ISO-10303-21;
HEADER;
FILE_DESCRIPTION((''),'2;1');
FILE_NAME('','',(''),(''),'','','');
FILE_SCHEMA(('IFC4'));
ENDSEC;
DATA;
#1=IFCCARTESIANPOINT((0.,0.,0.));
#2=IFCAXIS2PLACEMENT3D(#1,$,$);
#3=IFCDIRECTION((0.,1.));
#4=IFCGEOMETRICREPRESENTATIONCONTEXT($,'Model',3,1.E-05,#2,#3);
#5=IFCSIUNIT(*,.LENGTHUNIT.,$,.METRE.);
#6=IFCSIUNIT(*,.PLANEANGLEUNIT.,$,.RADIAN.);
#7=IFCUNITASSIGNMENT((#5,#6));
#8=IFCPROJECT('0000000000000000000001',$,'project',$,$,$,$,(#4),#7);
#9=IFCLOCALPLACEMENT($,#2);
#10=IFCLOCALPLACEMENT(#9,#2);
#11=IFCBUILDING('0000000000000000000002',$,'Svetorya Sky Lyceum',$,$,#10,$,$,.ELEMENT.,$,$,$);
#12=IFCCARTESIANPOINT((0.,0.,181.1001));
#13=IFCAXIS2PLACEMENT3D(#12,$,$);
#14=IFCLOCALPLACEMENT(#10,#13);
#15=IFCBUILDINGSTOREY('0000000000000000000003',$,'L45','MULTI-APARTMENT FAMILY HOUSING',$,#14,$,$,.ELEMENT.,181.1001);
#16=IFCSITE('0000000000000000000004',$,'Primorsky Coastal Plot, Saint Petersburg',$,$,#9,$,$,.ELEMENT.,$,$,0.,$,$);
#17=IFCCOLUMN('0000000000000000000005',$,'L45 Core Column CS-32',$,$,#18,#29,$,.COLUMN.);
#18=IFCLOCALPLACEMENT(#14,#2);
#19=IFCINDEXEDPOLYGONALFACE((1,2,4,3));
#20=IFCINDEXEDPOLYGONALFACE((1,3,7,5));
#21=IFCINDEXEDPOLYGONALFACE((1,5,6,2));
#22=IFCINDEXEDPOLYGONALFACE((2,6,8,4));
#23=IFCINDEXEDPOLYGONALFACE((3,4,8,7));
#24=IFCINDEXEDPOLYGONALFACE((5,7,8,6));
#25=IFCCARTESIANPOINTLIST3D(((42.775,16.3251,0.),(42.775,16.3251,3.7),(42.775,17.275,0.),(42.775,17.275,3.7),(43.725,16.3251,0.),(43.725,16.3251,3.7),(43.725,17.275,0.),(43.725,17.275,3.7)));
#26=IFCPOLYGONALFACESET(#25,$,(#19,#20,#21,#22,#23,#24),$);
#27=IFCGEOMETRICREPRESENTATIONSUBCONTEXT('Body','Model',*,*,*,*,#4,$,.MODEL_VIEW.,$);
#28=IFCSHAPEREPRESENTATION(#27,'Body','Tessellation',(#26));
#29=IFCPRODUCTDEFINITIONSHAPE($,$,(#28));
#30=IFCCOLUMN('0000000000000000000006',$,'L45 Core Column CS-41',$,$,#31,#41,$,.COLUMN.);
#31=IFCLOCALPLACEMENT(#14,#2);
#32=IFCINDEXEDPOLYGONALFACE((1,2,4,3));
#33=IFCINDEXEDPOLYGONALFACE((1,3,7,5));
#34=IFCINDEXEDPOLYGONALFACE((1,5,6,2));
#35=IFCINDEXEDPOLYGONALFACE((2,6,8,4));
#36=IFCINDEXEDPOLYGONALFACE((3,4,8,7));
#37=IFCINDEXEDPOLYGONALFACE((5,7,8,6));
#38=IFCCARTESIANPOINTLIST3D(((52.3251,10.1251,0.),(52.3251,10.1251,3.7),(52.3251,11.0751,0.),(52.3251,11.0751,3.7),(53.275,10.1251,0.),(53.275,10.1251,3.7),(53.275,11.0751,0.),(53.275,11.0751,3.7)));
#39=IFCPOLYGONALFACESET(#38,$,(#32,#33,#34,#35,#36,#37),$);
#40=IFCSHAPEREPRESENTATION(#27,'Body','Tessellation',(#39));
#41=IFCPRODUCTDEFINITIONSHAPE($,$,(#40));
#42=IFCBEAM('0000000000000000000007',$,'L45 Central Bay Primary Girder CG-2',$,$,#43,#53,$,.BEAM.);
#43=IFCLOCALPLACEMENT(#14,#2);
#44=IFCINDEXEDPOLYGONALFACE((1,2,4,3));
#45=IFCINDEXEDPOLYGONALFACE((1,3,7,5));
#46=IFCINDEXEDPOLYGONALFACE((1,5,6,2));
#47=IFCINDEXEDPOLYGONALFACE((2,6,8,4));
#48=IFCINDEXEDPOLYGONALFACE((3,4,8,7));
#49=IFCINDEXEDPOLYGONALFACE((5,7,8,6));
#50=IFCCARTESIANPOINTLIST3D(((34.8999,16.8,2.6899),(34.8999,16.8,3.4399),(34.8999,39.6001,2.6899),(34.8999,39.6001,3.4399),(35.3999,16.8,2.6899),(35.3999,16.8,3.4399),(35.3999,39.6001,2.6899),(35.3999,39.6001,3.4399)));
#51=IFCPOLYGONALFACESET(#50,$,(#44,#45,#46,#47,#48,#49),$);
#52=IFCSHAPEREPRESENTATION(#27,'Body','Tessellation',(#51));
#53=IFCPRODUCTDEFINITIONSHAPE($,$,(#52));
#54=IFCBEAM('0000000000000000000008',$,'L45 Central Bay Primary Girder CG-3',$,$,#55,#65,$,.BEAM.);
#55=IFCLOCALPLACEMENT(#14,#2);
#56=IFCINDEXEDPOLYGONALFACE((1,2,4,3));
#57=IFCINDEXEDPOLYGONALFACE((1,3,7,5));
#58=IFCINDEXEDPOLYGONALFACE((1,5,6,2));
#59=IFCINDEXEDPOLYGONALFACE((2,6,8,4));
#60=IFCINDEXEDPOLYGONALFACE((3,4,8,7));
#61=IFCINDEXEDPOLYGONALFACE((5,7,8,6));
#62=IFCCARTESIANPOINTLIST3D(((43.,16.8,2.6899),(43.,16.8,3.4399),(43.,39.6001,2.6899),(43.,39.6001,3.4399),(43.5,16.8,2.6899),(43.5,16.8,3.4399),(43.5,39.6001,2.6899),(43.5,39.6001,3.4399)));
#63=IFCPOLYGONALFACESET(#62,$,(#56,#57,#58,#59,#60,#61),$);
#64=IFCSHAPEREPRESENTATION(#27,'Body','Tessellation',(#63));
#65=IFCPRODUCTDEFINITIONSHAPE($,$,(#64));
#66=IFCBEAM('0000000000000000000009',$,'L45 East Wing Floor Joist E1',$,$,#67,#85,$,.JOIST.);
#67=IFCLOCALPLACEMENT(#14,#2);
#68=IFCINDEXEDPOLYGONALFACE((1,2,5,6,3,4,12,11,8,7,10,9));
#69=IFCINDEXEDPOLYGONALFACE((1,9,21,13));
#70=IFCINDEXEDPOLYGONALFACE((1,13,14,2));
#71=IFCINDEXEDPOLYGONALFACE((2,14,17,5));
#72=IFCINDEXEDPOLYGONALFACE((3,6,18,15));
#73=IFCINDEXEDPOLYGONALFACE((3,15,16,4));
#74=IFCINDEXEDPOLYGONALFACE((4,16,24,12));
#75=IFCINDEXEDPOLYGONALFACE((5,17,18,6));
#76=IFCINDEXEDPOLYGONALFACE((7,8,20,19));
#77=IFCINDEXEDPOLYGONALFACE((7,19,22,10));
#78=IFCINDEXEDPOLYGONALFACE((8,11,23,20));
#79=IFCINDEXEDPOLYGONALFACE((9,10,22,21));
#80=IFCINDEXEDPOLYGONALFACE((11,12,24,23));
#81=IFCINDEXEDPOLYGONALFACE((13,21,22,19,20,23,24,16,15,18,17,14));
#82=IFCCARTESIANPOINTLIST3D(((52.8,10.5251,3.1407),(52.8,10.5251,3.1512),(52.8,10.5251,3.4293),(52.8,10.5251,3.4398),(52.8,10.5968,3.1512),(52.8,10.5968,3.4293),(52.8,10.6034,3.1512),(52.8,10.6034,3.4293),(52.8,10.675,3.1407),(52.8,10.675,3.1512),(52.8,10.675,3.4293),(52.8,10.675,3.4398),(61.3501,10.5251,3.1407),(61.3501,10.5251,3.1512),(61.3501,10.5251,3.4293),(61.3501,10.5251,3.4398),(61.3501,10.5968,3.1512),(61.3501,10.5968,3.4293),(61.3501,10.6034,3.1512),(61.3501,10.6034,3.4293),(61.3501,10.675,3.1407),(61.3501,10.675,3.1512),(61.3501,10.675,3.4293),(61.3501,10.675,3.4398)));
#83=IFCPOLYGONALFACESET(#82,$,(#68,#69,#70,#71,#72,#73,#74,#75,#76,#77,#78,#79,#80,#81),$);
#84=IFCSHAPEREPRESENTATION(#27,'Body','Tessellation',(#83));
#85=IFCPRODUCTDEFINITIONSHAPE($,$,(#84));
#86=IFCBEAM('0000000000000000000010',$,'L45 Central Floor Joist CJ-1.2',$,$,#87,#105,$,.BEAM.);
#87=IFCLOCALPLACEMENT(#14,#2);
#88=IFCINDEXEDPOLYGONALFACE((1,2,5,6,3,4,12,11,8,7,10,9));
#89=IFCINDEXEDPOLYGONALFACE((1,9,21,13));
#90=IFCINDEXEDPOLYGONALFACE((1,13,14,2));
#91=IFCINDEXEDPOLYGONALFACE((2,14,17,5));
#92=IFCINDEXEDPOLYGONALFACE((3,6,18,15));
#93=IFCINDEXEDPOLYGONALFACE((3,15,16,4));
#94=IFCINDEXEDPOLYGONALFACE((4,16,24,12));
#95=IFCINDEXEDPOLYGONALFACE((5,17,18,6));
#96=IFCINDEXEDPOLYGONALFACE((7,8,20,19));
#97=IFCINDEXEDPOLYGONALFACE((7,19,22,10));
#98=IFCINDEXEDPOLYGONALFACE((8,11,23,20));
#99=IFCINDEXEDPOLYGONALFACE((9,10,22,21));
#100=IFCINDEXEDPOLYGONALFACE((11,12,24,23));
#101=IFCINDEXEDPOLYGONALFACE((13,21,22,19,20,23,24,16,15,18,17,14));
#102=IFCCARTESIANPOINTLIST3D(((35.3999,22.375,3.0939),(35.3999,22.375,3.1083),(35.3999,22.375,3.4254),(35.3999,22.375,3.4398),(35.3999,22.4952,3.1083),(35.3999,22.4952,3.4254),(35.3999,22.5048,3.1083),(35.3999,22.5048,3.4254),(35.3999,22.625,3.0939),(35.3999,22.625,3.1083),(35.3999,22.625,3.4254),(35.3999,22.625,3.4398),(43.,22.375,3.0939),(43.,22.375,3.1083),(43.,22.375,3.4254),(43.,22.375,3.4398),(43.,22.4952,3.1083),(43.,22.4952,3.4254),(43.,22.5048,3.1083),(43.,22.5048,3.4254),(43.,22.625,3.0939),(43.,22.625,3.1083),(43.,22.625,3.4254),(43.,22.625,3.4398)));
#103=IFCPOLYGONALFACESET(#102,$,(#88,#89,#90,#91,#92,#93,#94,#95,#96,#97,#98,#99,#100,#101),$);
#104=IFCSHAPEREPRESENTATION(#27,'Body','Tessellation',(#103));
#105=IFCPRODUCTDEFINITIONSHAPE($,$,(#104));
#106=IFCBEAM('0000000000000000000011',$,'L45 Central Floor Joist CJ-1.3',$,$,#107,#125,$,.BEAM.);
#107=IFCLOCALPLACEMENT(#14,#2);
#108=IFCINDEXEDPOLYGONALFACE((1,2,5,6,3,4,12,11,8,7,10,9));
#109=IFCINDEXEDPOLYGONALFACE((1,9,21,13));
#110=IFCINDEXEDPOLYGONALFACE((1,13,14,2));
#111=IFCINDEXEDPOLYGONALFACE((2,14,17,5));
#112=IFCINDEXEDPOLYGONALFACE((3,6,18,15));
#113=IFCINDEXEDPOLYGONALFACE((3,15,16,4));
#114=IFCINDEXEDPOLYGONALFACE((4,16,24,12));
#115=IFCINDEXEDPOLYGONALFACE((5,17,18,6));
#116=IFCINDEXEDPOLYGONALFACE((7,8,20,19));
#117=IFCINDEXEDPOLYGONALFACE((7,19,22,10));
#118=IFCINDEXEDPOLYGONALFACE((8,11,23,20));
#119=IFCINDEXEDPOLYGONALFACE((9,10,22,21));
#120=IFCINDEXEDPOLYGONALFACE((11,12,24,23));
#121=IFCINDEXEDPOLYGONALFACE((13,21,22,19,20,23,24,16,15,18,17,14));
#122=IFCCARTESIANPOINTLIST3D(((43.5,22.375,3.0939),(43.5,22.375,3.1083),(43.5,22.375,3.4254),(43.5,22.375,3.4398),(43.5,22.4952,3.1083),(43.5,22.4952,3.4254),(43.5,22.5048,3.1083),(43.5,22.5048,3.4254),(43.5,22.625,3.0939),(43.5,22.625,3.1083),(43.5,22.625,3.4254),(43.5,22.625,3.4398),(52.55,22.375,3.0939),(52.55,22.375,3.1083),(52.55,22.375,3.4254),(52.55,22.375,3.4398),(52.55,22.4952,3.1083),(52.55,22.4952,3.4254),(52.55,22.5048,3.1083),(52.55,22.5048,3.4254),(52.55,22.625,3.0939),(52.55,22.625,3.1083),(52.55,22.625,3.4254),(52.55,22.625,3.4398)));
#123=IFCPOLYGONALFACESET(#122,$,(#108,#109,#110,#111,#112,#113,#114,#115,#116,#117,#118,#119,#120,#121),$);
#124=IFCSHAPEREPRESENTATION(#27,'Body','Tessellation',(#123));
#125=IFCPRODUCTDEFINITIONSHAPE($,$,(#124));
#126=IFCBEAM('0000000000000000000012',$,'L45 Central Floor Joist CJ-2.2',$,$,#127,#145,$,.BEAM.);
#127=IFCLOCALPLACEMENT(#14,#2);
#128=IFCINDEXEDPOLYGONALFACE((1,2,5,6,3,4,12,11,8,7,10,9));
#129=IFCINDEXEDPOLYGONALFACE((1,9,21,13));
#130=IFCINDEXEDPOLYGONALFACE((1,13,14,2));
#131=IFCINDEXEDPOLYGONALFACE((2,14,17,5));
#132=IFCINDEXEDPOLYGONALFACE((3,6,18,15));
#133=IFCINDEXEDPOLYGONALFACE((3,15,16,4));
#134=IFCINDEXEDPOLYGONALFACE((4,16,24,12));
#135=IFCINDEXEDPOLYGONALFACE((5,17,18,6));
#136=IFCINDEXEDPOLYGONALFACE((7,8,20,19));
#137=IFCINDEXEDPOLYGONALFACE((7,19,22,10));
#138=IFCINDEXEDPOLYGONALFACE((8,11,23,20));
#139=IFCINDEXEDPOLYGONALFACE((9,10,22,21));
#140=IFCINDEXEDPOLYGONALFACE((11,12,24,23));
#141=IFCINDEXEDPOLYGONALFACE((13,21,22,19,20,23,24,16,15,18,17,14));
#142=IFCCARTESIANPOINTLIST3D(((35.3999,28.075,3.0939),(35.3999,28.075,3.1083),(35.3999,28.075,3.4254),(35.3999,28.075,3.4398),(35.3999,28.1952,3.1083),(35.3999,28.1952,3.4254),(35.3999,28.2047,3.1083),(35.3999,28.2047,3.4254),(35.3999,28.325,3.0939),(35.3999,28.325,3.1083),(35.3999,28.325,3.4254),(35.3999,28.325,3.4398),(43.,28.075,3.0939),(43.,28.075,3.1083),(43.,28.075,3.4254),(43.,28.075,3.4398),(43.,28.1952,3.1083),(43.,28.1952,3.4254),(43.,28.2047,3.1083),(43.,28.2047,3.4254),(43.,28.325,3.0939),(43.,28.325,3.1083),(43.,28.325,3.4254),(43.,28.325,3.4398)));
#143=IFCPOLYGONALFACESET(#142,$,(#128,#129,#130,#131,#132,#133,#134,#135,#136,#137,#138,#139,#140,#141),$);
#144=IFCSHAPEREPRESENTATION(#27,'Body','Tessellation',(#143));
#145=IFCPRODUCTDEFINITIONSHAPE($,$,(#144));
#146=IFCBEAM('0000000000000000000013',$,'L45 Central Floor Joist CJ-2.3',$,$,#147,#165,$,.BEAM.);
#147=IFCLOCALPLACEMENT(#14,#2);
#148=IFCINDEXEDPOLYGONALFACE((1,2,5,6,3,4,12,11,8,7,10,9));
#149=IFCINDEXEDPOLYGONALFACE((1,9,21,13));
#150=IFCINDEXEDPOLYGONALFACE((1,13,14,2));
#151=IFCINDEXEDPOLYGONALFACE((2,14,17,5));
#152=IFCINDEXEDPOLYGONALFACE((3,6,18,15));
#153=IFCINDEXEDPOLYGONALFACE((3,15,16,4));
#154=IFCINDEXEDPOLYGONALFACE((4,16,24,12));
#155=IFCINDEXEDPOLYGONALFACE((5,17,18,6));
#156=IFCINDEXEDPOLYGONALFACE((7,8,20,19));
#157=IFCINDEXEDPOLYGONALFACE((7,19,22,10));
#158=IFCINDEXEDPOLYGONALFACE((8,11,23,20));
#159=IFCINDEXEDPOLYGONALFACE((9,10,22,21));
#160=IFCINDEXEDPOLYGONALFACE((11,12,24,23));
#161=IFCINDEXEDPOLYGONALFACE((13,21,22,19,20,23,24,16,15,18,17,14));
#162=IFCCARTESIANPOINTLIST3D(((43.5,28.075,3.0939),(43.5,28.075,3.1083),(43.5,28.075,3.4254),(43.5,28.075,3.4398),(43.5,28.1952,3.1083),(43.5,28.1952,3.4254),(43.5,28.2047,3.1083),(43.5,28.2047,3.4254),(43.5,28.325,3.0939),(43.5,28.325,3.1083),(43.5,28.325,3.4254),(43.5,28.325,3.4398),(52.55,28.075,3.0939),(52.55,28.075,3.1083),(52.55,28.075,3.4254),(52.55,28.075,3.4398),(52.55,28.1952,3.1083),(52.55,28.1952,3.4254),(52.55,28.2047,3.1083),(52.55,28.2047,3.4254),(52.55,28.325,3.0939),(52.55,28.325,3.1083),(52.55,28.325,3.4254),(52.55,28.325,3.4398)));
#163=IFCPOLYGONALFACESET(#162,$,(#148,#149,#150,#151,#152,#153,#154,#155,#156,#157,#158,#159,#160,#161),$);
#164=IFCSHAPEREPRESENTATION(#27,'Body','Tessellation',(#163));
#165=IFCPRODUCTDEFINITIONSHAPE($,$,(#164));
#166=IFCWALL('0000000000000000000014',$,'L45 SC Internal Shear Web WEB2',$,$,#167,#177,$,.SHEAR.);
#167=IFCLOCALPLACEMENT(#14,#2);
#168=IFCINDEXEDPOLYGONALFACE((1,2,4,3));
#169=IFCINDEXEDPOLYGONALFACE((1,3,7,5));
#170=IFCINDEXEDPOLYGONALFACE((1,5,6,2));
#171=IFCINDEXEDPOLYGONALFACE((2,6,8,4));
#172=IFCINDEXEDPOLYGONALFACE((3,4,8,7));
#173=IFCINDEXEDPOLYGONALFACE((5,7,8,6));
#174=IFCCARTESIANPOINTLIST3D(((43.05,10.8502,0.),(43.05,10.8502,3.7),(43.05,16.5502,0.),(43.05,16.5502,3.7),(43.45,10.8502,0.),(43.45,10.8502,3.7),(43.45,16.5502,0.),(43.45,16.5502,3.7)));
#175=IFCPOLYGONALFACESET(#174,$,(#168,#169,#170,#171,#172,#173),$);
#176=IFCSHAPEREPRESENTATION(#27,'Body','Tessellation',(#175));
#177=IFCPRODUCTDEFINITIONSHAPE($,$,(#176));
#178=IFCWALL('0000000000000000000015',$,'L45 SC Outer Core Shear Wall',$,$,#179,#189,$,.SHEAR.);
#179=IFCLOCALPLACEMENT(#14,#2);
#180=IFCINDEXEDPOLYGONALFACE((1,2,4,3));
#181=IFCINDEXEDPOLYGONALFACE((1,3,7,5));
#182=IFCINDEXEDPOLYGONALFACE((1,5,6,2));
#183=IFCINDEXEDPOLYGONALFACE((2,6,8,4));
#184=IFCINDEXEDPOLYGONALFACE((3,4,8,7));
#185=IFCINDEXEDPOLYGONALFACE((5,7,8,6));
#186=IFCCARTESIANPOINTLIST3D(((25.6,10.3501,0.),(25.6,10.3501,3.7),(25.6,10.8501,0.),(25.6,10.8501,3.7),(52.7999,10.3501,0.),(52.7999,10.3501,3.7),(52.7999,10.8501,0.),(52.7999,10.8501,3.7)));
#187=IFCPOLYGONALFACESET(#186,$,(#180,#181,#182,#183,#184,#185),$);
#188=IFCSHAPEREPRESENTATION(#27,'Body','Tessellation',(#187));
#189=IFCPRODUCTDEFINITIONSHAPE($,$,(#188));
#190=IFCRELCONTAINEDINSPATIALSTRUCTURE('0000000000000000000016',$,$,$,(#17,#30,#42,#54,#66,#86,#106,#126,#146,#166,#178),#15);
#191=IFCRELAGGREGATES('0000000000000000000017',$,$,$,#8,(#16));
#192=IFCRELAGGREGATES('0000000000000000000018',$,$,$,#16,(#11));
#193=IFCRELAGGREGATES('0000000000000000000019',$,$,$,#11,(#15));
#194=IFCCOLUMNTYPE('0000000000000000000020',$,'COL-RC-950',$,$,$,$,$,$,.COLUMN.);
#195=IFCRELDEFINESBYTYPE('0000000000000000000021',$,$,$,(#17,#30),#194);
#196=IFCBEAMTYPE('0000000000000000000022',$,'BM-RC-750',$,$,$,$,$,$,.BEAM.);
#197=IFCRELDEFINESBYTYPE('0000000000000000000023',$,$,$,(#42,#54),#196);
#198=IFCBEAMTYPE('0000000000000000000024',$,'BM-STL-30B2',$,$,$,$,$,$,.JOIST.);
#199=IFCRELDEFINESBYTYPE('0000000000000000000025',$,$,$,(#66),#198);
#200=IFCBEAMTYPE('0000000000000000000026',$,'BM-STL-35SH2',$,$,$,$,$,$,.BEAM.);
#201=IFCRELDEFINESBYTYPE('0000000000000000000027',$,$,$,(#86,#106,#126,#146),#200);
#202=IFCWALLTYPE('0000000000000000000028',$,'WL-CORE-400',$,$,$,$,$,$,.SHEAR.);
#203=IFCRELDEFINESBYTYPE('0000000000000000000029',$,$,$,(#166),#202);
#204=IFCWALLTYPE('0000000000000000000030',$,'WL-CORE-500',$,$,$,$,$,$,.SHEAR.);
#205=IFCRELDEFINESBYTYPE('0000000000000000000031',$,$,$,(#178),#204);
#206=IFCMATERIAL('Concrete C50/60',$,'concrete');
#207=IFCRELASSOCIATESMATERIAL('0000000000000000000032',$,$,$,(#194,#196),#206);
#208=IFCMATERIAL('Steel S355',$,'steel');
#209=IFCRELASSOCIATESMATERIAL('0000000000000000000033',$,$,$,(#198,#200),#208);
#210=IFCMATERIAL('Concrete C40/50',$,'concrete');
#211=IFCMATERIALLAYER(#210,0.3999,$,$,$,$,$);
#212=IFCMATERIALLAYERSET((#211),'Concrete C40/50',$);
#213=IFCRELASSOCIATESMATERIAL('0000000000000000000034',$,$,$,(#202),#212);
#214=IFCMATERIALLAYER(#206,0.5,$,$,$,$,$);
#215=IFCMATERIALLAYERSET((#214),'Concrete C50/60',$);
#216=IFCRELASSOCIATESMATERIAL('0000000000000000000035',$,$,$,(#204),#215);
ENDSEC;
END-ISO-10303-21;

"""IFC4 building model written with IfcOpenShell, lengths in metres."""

from ifc_helpers import new_model, si_unit, direction, frame, frame_2d, origin, origin_2d, place, context, subcontext, project, spatial, rectangle, i_section, extrude, material, layer, layer_set, material_profile, profile_set, type_object, element, save


model = new_model("IFC4")

# Units and contexts
model_context = context("Model", 3, precision=1e-05, world=origin(), true_north=direction((0.0, 1.0)))
body_context = subcontext(model_context, "Body", "Model", "MODEL_VIEW")
ifc_project = project(units=[si_unit("LENGTHUNIT", "METRE"), si_unit("PLANEANGLEUNIT", "RADIAN")], contexts=[model_context])

# Site, building, storey
site_placement = place(None, origin())
site = spatial("IfcSite", under=ifc_project, at=site_placement, Name="Primorsky Coastal Plot, Saint Petersburg", CompositionType="ELEMENT", RefElevation=0.0)
building_placement = place(site_placement, origin())
building = spatial("IfcBuilding", under=site, at=building_placement, Name="Svetorya Sky Lyceum", CompositionType="ELEMENT")
storey_placement = place(building_placement, frame((0.0, 0.0, 181.1001)))
storey = spatial("IfcBuildingStorey", under=building, at=storey_placement, Name="L45", Description="MULTI-APARTMENT FAMILY HOUSING", CompositionType="ELEMENT", Elevation=181.1001)

# Columns
ifc_material_1 = material(Name="Concrete C50/60", Category="concrete")
ifc_material_profile_1 = material_profile(ifc_material_1, rectangle(XDim=0.95, YDim=0.95, at=origin_2d()), Name="RC COL 950x950")
ifc_profile_set_1 = profile_set([ifc_material_profile_1], Name="Concrete C50/60")
column_type = type_object("IfcColumnType", Name="COL-RC-950", PredefinedType="COLUMN", material=ifc_profile_set_1)
for number, where, z_axis, x_axis, name in (
    (1, (43.25, 16.8, 0.0), (0.0, 0.0, 1.0), (1.0, 0.0, 0.0), "L45 Core Column CS-32"),
    (2, (52.8, 10.6001, 0.0), (0.0, 0.0, 1.0), (1.0, 0.0, 0.0), "L45 Core Column CS-41"),
):
    element("IfcColumn", number, at=place(storey_placement, frame(where, z_axis=z_axis, x_axis=x_axis)), inside=storey, type_object=column_type, Name=name, PredefinedType="COLUMN", context=body_context, shape_type="SweptSolid", body=[
        extrude(rectangle(XDim=0.95, YDim=0.95, at=origin_2d()), origin(), (0.0, 0.0, 1.0), 3.7),
    ])

# Beams
ifc_material_profile_2 = material_profile(ifc_material_1, rectangle(XDim=0.5, YDim=0.75, at=origin_2d()), Name="RC BEAM 500x750")
ifc_profile_set_2 = profile_set([ifc_material_profile_2], Name="Concrete C50/60")
beam_type_1 = type_object("IfcBeamType", Name="BM-RC-750", PredefinedType="BEAM", material=ifc_profile_set_2)
for number, where, z_axis, x_axis, name in (
    (3, (35.1499, 16.8, 3.0649), (0.0, 1.0, 0.0), (-1.0, 0.0, 0.0), "L45 Central Bay Primary Girder CG-2"),
    (4, (43.25, 16.8, 3.0649), (0.0, 1.0, 0.0), (-1.0, 0.0, 0.0), "L45 Central Bay Primary Girder CG-3"),
):
    element("IfcBeam", number, at=place(storey_placement, frame(where, z_axis=z_axis, x_axis=x_axis)), inside=storey, type_object=beam_type_1, Name=name, PredefinedType="BEAM", context=body_context, shape_type="SweptSolid", body=[
        extrude(rectangle(XDim=0.5, YDim=0.75, at=origin_2d()), origin(), (0.0, 0.0, 1.0), 22.8),
    ])
ifc_material_2 = material(Name="Steel S355", Category="steel")
ifc_material_profile_3 = material_profile(ifc_material_2, i_section(OverallWidth=0.1499, OverallDepth=0.2991, WebThickness=0.0066, FlangeThickness=0.0105, at=origin_2d()), Name="GOST 30B2")
ifc_profile_set_3 = profile_set([ifc_material_profile_3], Name="Steel S355")
beam_type_2 = type_object("IfcBeamType", Name="BM-STL-30B2", PredefinedType="JOIST", material=ifc_profile_set_3)
beam_1_placement = place(storey_placement, frame((52.8, 10.6001, 3.2903), z_axis=(1.0, 0.0, 0.0), x_axis=(0.0, 1.0, 0.0)))
element("IfcBeam", 5, at=beam_1_placement, inside=storey, type_object=beam_type_2, Name="L45 East Wing Floor Joist E1", PredefinedType="JOIST", context=body_context, shape_type="SweptSolid", body=[
    extrude(i_section(OverallWidth=0.1499, OverallDepth=0.2991, WebThickness=0.0066, FlangeThickness=0.0105, at=origin_2d()), origin(), (0.0, 0.0, 1.0), 8.55),
])
ifc_material_profile_4 = material_profile(ifc_material_2, i_section(OverallWidth=0.25, OverallDepth=0.3459, WebThickness=0.0095, FlangeThickness=0.0144, at=origin_2d()), Name="GOST 35Sh2")
ifc_profile_set_4 = profile_set([ifc_material_profile_4], Name="Steel S355")
beam_type_3 = type_object("IfcBeamType", Name="BM-STL-35SH2", PredefinedType="BEAM", material=ifc_profile_set_4)
beam_2_placement = place(storey_placement, frame((35.3999, 22.5, 3.2668), z_axis=(1.0, 0.0, 0.0), x_axis=(0.0, 1.0, 0.0)))
element("IfcBeam", 6, at=beam_2_placement, inside=storey, type_object=beam_type_3, Name="L45 Central Floor Joist CJ-1.2", PredefinedType="BEAM", context=body_context, shape_type="SweptSolid", body=[
    extrude(i_section(OverallWidth=0.25, OverallDepth=0.3459, WebThickness=0.0095, FlangeThickness=0.0144, at=origin_2d()), origin(), (0.0, 0.0, 1.0), 7.6001),
])
beam_3_placement = place(storey_placement, frame((43.5, 22.5, 3.2668), z_axis=(1.0, 0.0, 0.0), x_axis=(0.0, 1.0, 0.0)))
element("IfcBeam", 7, at=beam_3_placement, inside=storey, type_object=beam_type_3, Name="L45 Central Floor Joist CJ-1.3", PredefinedType="BEAM", context=body_context, shape_type="SweptSolid", body=[
    extrude(i_section(OverallWidth=0.25, OverallDepth=0.3459, WebThickness=0.0095, FlangeThickness=0.0144, at=origin_2d()), origin(), (0.0, 0.0, 1.0), 9.05),
])
beam_4_placement = place(storey_placement, frame((35.3999, 28.2, 3.2668), z_axis=(1.0, 0.0, 0.0), x_axis=(0.0, 1.0, 0.0)))
element("IfcBeam", 8, at=beam_4_placement, inside=storey, type_object=beam_type_3, Name="L45 Central Floor Joist CJ-2.2", PredefinedType="BEAM", context=body_context, shape_type="SweptSolid", body=[
    extrude(i_section(OverallWidth=0.25, OverallDepth=0.3459, WebThickness=0.0095, FlangeThickness=0.0144, at=origin_2d()), origin(), (0.0, 0.0, 1.0), 7.6001),
])
beam_5_placement = place(storey_placement, frame((43.5, 28.2, 3.2668), z_axis=(1.0, 0.0, 0.0), x_axis=(0.0, 1.0, 0.0)))
element("IfcBeam", 9, at=beam_5_placement, inside=storey, type_object=beam_type_3, Name="L45 Central Floor Joist CJ-2.3", PredefinedType="BEAM", context=body_context, shape_type="SweptSolid", body=[
    extrude(i_section(OverallWidth=0.25, OverallDepth=0.3459, WebThickness=0.0095, FlangeThickness=0.0144, at=origin_2d()), origin(), (0.0, 0.0, 1.0), 9.05),
])

# Walls
ifc_material_3 = material(Name="Concrete C40/50", Category="concrete")
ifc_layer_1 = layer(ifc_material_3, 0.3999)
ifc_layer_set_1 = layer_set([ifc_layer_1], Name="Concrete C40/50")
wall_type_1 = type_object("IfcWallType", Name="WL-CORE-400", PredefinedType="SHEAR", material=ifc_layer_set_1)
wall_1_placement = place(storey_placement, frame((43.25, 10.8501, 0.0), z_axis=(0.0, 0.0, 1.0), x_axis=(0.0, 1.0, 0.0)))
element("IfcWall", 10, at=wall_1_placement, inside=storey, type_object=wall_type_1, Name="L45 SC Internal Shear Web WEB2", PredefinedType="SHEAR", context=body_context, shape_type="SweptSolid", body=[
    extrude(rectangle(XDim=5.7, YDim=0.3999, at=frame_2d((2.8501, 0.0))), origin(), (0.0, 0.0, 1.0), 3.7),
])
ifc_layer_2 = layer(ifc_material_1, 0.5)
ifc_layer_set_2 = layer_set([ifc_layer_2], Name="Concrete C50/60")
wall_type_2 = type_object("IfcWallType", Name="WL-CORE-500", PredefinedType="SHEAR", material=ifc_layer_set_2)
wall_2_placement = place(storey_placement, frame((52.8, 10.6001, 0.0), z_axis=(0.0, 0.0, 1.0), x_axis=(-1.0, 0.0, 0.0)))
element("IfcWall", 11, at=wall_2_placement, inside=storey, type_object=wall_type_2, Name="L45 SC Outer Core Shear Wall", PredefinedType="SHEAR", context=body_context, shape_type="SweptSolid", body=[
    extrude(rectangle(XDim=27.2, YDim=0.5, at=frame_2d((13.6001, 0.0))), origin(), (0.0, 0.0, 1.0), 3.7),
])

save(model, "model.ifc")
